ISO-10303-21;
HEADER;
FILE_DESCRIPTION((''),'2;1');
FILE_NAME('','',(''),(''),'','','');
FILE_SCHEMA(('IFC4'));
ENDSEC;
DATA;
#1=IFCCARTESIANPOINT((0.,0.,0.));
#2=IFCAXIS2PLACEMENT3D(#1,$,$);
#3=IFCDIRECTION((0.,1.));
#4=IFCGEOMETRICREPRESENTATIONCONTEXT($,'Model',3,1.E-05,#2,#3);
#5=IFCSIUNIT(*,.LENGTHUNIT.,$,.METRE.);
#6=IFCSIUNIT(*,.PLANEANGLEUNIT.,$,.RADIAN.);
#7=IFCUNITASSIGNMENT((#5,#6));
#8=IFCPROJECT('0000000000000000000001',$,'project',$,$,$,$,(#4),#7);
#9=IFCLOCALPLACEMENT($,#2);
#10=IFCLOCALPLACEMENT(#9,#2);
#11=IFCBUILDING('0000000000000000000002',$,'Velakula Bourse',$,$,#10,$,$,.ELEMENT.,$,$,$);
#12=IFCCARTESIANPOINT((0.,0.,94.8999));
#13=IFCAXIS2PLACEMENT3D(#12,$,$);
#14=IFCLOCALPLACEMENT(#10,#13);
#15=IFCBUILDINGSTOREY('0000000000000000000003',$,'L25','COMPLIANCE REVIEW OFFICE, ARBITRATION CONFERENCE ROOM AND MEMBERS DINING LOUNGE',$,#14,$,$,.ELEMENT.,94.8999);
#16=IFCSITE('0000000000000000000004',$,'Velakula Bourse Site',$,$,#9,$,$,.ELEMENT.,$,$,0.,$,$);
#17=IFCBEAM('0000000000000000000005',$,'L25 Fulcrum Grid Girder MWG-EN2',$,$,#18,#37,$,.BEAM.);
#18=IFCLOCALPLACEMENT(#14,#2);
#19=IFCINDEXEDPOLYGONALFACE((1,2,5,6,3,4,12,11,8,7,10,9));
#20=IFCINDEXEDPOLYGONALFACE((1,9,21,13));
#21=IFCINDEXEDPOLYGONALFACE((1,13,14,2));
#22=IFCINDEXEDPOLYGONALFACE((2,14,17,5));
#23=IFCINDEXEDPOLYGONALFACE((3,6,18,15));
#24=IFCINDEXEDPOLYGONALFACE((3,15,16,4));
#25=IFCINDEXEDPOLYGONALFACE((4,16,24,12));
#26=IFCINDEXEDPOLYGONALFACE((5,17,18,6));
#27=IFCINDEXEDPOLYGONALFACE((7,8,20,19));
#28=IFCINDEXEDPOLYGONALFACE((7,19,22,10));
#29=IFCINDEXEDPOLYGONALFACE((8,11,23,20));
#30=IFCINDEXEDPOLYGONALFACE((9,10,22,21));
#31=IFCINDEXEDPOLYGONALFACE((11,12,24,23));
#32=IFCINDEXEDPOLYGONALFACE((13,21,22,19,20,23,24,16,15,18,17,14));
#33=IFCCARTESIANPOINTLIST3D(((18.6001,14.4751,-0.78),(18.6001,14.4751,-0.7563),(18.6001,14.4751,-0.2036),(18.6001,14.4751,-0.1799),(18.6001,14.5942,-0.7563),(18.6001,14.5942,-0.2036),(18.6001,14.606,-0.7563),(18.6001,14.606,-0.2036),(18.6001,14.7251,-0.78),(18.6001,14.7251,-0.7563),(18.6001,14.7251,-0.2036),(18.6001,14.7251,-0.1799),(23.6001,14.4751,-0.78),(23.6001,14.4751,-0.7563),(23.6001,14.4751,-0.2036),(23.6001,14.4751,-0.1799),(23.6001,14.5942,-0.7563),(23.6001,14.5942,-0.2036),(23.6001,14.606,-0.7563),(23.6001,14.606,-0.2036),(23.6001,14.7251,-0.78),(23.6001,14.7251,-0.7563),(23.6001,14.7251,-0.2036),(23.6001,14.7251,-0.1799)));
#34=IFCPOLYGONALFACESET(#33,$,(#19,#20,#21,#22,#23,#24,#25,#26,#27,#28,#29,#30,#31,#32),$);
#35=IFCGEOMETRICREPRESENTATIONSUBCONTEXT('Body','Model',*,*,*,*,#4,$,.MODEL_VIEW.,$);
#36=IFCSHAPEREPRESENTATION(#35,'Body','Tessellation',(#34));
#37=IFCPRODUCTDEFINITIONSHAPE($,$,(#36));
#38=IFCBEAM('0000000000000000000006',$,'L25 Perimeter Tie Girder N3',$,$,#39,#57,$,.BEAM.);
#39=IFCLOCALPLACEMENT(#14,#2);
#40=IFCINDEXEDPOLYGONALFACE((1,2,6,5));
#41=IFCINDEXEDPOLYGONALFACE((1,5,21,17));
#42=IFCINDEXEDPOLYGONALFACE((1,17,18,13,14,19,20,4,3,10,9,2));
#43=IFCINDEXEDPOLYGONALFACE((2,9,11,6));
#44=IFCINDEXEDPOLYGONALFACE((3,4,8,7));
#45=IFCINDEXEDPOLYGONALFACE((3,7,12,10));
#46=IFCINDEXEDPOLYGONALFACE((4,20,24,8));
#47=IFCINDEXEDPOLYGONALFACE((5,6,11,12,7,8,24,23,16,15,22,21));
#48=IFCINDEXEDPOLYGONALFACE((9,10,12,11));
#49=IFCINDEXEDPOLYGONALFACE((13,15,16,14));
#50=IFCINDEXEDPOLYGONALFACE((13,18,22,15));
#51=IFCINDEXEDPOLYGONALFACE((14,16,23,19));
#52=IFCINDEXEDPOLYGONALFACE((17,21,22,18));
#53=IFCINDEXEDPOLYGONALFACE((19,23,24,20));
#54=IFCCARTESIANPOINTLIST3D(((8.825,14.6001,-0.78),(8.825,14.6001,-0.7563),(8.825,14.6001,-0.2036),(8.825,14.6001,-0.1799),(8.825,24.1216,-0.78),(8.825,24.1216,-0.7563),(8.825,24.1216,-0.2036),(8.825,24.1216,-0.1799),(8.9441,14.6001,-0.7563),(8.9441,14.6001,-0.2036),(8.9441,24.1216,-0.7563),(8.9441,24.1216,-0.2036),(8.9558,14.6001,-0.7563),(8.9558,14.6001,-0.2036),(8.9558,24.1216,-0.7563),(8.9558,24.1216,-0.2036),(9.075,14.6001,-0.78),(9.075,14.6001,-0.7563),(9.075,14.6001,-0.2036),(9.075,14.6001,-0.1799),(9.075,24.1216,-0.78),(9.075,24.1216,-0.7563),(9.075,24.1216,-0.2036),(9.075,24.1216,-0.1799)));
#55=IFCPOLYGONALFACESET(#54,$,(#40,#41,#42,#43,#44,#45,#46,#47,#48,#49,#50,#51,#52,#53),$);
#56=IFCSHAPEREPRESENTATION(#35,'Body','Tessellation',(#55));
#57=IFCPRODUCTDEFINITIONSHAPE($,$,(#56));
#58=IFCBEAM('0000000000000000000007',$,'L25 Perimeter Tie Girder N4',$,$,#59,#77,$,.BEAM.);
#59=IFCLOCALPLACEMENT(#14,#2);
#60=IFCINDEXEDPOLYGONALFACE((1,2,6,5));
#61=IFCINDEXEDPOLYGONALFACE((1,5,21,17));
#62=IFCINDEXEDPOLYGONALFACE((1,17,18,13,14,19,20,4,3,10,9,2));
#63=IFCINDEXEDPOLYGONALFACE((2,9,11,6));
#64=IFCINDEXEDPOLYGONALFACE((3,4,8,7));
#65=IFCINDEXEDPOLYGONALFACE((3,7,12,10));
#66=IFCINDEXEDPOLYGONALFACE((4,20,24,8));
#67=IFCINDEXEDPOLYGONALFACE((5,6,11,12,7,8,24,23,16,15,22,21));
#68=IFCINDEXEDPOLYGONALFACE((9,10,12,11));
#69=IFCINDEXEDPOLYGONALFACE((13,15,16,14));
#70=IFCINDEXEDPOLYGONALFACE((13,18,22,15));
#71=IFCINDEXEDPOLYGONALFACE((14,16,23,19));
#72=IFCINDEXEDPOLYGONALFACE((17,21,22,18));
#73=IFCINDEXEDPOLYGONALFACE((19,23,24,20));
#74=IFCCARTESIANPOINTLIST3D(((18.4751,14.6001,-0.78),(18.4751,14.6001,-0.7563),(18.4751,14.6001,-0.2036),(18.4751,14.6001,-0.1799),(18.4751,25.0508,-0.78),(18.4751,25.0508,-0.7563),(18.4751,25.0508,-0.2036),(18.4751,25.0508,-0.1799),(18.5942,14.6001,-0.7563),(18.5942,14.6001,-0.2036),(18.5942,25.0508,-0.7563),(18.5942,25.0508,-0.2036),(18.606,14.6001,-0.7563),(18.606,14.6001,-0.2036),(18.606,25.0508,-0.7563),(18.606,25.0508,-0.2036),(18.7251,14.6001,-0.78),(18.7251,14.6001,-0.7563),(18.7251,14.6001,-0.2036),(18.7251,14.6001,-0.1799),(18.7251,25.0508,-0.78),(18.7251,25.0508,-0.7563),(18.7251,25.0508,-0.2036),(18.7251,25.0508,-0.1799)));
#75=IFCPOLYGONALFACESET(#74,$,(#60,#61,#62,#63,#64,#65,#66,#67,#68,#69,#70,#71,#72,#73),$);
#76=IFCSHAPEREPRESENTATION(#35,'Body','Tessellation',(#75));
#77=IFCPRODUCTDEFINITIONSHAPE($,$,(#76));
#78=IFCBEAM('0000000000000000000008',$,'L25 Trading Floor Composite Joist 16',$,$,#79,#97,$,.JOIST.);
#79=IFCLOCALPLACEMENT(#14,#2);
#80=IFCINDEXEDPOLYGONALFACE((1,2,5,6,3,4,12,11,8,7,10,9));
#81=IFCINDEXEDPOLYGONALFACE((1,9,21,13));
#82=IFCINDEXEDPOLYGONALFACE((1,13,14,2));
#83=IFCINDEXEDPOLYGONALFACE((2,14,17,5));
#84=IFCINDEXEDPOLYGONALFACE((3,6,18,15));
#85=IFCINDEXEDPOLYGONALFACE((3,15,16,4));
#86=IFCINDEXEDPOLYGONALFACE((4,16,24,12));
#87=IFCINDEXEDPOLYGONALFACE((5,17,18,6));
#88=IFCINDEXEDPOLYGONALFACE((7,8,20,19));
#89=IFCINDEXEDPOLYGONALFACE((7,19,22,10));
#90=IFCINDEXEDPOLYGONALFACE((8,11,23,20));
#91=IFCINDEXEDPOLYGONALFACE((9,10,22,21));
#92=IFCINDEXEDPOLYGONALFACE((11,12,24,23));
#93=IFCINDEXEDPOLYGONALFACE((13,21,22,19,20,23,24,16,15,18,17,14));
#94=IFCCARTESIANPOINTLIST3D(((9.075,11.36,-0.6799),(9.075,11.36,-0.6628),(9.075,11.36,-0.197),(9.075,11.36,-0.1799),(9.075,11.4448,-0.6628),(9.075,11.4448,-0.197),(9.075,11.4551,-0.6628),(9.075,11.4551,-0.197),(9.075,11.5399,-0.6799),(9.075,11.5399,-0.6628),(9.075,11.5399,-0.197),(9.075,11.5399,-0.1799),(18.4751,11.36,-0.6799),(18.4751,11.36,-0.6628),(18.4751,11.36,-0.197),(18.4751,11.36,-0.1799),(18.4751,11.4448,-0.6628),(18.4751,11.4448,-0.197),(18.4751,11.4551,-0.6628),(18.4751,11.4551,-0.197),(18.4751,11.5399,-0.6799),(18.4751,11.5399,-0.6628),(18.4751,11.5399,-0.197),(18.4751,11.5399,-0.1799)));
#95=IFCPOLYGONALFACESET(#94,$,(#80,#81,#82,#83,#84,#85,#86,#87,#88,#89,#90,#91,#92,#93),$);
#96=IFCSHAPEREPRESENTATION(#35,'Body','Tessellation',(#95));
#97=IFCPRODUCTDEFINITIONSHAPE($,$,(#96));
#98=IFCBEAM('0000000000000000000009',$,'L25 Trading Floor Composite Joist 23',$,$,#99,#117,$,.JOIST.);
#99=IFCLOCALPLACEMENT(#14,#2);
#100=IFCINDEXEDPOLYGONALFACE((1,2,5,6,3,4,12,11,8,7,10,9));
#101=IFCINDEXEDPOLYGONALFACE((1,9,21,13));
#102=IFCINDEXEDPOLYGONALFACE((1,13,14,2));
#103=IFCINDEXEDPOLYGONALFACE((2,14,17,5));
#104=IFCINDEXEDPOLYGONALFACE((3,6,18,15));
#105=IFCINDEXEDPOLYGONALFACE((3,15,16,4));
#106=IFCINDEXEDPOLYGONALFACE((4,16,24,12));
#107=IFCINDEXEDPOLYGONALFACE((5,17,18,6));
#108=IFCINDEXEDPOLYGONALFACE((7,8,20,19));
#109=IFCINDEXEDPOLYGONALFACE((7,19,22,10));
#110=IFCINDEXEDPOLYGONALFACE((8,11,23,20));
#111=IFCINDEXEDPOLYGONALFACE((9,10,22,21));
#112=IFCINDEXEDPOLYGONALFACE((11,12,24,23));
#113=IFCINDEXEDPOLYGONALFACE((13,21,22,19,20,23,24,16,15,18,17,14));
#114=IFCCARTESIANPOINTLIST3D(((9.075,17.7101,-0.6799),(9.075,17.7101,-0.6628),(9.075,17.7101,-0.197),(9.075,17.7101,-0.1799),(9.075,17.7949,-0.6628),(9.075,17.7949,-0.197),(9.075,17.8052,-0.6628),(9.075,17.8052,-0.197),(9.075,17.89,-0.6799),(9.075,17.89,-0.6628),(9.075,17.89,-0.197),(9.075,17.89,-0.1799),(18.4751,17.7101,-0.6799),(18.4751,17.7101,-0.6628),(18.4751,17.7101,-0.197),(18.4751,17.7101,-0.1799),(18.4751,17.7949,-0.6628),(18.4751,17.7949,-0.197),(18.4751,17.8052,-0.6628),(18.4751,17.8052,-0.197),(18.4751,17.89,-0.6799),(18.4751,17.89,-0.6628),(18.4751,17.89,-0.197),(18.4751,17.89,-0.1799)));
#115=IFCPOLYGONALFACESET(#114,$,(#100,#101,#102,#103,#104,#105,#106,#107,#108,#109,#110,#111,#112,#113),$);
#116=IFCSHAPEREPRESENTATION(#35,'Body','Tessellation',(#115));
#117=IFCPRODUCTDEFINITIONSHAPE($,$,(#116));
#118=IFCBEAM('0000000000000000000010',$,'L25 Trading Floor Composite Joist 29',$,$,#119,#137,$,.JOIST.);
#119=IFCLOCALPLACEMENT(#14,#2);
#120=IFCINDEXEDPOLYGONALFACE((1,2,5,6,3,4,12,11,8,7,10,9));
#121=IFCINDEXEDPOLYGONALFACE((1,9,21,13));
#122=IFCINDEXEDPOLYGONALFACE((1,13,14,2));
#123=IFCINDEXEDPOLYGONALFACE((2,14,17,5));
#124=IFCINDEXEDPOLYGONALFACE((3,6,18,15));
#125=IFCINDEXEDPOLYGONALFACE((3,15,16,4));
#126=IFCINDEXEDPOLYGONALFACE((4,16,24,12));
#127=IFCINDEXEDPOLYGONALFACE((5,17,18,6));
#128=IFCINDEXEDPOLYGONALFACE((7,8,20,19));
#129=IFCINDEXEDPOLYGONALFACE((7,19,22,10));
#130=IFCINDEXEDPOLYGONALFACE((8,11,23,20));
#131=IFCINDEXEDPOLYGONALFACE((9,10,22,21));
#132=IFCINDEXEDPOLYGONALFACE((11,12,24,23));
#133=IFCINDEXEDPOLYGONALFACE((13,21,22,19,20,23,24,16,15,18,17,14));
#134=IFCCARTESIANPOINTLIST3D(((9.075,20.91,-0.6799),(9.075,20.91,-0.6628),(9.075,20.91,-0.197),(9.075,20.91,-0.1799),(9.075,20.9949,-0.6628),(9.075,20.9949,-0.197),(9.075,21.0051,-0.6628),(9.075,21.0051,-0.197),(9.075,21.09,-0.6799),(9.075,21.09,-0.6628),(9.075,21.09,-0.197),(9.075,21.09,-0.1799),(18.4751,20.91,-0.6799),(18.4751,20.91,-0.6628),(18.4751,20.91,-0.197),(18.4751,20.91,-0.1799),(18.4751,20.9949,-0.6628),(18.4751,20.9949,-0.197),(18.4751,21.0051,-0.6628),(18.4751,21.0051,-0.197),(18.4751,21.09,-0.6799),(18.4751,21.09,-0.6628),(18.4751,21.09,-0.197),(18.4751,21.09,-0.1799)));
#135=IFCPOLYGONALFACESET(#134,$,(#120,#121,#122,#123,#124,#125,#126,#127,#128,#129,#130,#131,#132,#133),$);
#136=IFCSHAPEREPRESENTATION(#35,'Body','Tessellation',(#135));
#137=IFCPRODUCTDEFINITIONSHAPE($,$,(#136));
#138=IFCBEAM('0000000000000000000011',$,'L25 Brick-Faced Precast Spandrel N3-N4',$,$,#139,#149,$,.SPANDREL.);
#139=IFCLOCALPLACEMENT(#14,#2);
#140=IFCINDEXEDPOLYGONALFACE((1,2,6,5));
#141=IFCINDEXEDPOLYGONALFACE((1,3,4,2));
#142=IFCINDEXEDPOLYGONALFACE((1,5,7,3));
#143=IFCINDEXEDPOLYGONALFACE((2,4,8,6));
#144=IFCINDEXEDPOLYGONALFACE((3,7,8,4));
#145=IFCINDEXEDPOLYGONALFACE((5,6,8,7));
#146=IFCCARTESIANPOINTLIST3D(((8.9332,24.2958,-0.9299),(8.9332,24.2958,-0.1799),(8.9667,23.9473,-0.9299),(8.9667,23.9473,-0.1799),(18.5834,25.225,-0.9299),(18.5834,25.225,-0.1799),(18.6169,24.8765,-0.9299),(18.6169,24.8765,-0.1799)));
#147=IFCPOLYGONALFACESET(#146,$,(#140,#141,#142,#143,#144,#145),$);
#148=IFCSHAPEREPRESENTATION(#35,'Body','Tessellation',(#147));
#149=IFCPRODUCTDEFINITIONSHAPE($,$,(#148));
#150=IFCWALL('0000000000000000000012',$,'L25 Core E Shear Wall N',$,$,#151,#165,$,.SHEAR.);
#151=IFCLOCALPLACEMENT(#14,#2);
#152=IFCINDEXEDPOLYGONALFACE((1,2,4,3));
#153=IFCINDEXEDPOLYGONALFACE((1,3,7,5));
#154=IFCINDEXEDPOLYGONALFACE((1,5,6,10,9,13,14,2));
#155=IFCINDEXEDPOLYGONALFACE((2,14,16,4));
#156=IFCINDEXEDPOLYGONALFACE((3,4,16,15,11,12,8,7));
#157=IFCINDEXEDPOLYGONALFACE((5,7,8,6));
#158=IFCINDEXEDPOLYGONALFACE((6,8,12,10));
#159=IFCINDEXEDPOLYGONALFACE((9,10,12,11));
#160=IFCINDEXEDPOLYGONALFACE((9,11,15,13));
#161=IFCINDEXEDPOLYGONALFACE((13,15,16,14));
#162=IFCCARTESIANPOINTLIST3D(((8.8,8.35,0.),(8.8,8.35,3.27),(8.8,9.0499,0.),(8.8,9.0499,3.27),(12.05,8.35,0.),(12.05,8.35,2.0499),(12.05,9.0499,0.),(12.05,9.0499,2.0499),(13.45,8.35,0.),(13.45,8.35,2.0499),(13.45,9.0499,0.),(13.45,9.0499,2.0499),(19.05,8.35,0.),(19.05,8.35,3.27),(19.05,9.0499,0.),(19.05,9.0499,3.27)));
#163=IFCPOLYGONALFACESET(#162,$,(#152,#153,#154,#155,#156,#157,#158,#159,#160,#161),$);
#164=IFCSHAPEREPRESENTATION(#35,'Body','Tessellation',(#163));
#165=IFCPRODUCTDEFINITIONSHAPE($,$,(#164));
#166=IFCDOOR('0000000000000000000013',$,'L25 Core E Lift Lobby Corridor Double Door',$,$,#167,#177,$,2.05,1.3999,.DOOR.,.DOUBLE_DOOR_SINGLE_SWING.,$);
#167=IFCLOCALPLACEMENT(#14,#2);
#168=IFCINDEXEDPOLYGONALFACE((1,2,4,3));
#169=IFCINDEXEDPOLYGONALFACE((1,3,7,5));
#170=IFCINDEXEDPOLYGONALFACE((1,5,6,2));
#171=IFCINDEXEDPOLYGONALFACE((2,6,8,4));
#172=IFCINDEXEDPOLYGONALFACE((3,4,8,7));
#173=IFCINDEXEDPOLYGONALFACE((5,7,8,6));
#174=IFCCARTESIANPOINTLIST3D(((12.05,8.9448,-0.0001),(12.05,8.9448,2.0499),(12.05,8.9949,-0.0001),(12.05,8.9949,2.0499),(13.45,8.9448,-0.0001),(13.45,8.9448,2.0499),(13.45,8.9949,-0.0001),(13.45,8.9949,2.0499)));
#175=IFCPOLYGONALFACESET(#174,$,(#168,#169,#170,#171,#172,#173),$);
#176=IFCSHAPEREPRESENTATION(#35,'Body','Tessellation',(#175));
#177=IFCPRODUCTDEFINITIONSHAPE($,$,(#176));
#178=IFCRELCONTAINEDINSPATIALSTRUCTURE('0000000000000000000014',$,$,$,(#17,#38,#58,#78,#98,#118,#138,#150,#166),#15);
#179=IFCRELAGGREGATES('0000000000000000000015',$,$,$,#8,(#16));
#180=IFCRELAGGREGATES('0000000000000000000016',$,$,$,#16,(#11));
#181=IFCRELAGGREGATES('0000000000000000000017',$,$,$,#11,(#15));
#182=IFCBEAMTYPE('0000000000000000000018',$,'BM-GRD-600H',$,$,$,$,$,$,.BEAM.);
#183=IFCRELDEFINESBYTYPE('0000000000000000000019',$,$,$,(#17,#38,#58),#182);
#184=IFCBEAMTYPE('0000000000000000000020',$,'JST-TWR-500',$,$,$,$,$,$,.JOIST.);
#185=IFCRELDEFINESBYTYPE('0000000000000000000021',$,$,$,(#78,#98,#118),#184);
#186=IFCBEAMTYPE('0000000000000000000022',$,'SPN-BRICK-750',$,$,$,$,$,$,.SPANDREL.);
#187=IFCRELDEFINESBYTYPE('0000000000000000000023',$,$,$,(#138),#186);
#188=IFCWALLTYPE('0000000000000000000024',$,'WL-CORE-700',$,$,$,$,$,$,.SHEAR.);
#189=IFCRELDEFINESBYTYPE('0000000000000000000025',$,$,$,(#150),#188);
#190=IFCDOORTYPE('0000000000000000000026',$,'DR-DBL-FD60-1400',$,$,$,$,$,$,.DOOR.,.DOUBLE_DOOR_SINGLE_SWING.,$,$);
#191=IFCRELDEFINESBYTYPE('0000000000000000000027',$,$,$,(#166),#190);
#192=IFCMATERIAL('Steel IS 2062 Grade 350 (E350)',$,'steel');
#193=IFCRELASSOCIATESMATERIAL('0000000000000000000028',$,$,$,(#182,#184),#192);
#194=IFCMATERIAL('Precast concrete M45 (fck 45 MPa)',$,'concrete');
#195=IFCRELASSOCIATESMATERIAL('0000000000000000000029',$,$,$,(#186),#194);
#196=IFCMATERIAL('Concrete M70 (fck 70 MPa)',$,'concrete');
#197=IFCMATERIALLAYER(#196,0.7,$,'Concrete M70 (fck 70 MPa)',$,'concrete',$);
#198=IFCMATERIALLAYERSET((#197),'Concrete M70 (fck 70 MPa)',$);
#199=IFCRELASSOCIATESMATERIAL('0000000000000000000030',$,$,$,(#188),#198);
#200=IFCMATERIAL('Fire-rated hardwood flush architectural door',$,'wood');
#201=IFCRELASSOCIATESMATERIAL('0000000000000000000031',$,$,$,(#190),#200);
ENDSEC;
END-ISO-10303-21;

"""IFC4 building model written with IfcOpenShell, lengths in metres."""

from ifc_helpers import new_model, si_unit, direction, frame, frame_2d, origin, origin_2d, place, context, subcontext, project, spatial, rectangle, i_section, extrude, material, layer, layer_set, material_profile, profile_set, type_object, element, fill, save


model = new_model("IFC4")

# Units and contexts
model_context = context("Model", 3, precision=1e-05, world=origin(), true_north=direction((0.0, 1.0)))
body_context = subcontext(model_context, "Body", "Model", "MODEL_VIEW")
ifc_project = project(units=[si_unit("LENGTHUNIT", "METRE"), si_unit("PLANEANGLEUNIT", "RADIAN")], contexts=[model_context])

# Site, building, storey
site_placement = place(None, origin())
site = spatial("IfcSite", under=ifc_project, at=site_placement, Name="Velakula Bourse Site", CompositionType="ELEMENT", RefElevation=0.0)
building_placement = place(site_placement, origin())
building = spatial("IfcBuilding", under=site, at=building_placement, Name="Velakula Bourse", CompositionType="ELEMENT")
storey_placement = place(building_placement, frame((0.0, 0.0, 94.8999)))
storey = spatial("IfcBuildingStorey", under=building, at=storey_placement, Name="L25", Description="COMPLIANCE REVIEW OFFICE, ARBITRATION CONFERENCE ROOM AND MEMBERS DINING LOUNGE", CompositionType="ELEMENT", Elevation=94.8999)

# Shared definitions
ifc_material_1 = material(Name="Concrete M70 (fck 70 MPa)", Category="concrete")

# Beams
ifc_material_2 = material(Name="Steel IS 2062 Grade 350 (E350)", Category="steel")
ifc_material_profile_1 = material_profile(ifc_material_2, i_section(OverallWidth=0.25, OverallDepth=0.6001, WebThickness=0.0117, FlangeThickness=0.0237, at=origin_2d()), Name="Steel IS 2062 Grade 350 (E350)")
ifc_profile_set_1 = profile_set([ifc_material_profile_1], Name="Steel IS 2062 Grade 350 (E350)")
beam_type_1 = type_object("IfcBeamType", Name="BM-GRD-600H", PredefinedType="BEAM", material=ifc_profile_set_1)
for number, where, z_axis, x_axis, name in (
    (1, (18.6001, 14.6001, -0.48), (1.0, 0.0, 0.0), (0.0, 1.0, 0.0), "L25 Fulcrum Grid Girder MWG-EN2"),
):
    element("IfcBeam", number, at=place(storey_placement, frame(where, z_axis=z_axis, x_axis=x_axis)), inside=storey, type_object=beam_type_1, Name=name, PredefinedType="BEAM", context=body_context, shape_type="SweptSolid", body=[
        extrude(i_section(OverallWidth=0.25, OverallDepth=0.6001, WebThickness=0.0117, FlangeThickness=0.0237, at=origin_2d()), origin(), (0.0, 0.0, 1.0), 5.0),
    ])
beam_1_placement = place(storey_placement, frame((8.95, 14.6001, -0.48), z_axis=(0.0, 1.0, 0.0), x_axis=(-1.0, 0.0, 0.0)))
element("IfcBeam", 2, at=beam_1_placement, inside=storey, type_object=beam_type_1, Name="L25 Perimeter Tie Girder N3", PredefinedType="BEAM", context=body_context, shape_type="SweptSolid", body=[
    extrude(i_section(OverallWidth=0.25, OverallDepth=0.6001, WebThickness=0.0117, FlangeThickness=0.0237, at=origin_2d()), origin(), (0.0, 0.0, 1.0), 9.5215),
])
beam_2_placement = place(storey_placement, frame((18.6001, 14.6001, -0.48), z_axis=(0.0, 1.0, 0.0), x_axis=(-1.0, 0.0, 0.0)))
element("IfcBeam", 3, at=beam_2_placement, inside=storey, type_object=beam_type_1, Name="L25 Perimeter Tie Girder N4", PredefinedType="BEAM", context=body_context, shape_type="SweptSolid", body=[
    extrude(i_section(OverallWidth=0.25, OverallDepth=0.6001, WebThickness=0.0117, FlangeThickness=0.0237, at=origin_2d()), origin(), (0.0, 0.0, 1.0), 10.4507),
])
ifc_material_profile_2 = material_profile(ifc_material_2, i_section(OverallWidth=0.1799, OverallDepth=0.5, WebThickness=0.0103, FlangeThickness=0.0171, at=origin_2d()), Name="Steel IS 2062 Grade 350 (E350)")
ifc_profile_set_2 = profile_set([ifc_material_profile_2], Name="Steel IS 2062 Grade 350 (E350)")
beam_type_2 = type_object("IfcBeamType", Name="JST-TWR-500", PredefinedType="JOIST", material=ifc_profile_set_2)
for number, where, z_axis, x_axis, name in (
    (4, (9.075, 11.45, -0.4299), (1.0, 0.0, 0.0), (0.0, 1.0, 0.0), "L25 Trading Floor Composite Joist 16"),
    (5, (9.075, 17.8, -0.4299), (1.0, 0.0, 0.0), (0.0, 1.0, 0.0), "L25 Trading Floor Composite Joist 23"),
    (6, (9.075, 21.0, -0.4299), (1.0, 0.0, 0.0), (0.0, 1.0, 0.0), "L25 Trading Floor Composite Joist 29"),
):
    element("IfcBeam", number, at=place(storey_placement, frame(where, z_axis=z_axis, x_axis=x_axis)), inside=storey, type_object=beam_type_2, Name=name, PredefinedType="JOIST", context=body_context, shape_type="SweptSolid", body=[
        extrude(i_section(OverallWidth=0.1799, OverallDepth=0.5, WebThickness=0.0103, FlangeThickness=0.0171, at=origin_2d()), origin(), (0.0, 0.0, 1.0), 9.4001),
    ])
ifc_material_3 = material(Name="Precast concrete M45 (fck 45 MPa)", Category="concrete")
ifc_material_profile_3 = material_profile(ifc_material_3, rectangle(XDim=0.3501, YDim=0.75, at=origin_2d()), Name="Precast concrete M45 (fck 45 MPa)")
ifc_profile_set_3 = profile_set([ifc_material_profile_3], Name="Precast concrete M45 (fck 45 MPa)")
beam_type_3 = type_object("IfcBeamType", Name="SPN-BRICK-750", PredefinedType="SPANDREL", material=ifc_profile_set_3)
beam_3_placement = place(storey_placement, frame((8.95, 24.1216, -0.5549), z_axis=(0.995396, 0.095845, 0.0), x_axis=(-0.095845, 0.995396, 0.0)))
element("IfcBeam", 7, at=beam_3_placement, inside=storey, type_object=beam_type_3, Name="L25 Brick-Faced Precast Spandrel N3-N4", PredefinedType="SPANDREL", context=body_context, shape_type="SweptSolid", body=[
    extrude(rectangle(XDim=0.3501, YDim=0.75, at=origin_2d()), origin(), (0.0, 0.0, 1.0), 9.6948),
])

# Wall, opening, door
ifc_layer_1 = layer(ifc_material_1, 0.7, Name="Concrete M70 (fck 70 MPa)", Category="concrete")
ifc_layer_set_1 = layer_set([ifc_layer_1], Name="Concrete M70 (fck 70 MPa)")
wall_type_1 = type_object("IfcWallType", Name="WL-CORE-700", PredefinedType="SHEAR", material=ifc_layer_set_1)
wall_1_placement = place(storey_placement, frame((8.8, 8.7, 0.0), z_axis=(0.0, 0.0, 1.0), x_axis=(1.0, 0.0, 0.0)))
wall_1 = element("IfcWall", 8, at=wall_1_placement, inside=storey, type_object=wall_type_1, Name="L25 Core E Shear Wall N", PredefinedType="SHEAR", context=body_context, shape_type="SweptSolid", body=[
    extrude(rectangle(XDim=10.25, YDim=0.7, at=frame_2d((5.125, 0.0))), origin(), (0.0, 0.0, 1.0), 3.27),
])
opening_1_placement = place(wall_1_placement, frame((3.25, 0.0, 0.0)))
opening_1 = element("IfcOpeningElement", 9, at=opening_1_placement, cuts=wall_1, PredefinedType="OPENING", context=body_context, shape_type="SweptSolid", body=[
    extrude(rectangle(XDim=1.3999, YDim=2.05, at=frame_2d((0.7, 1.0249))), frame((0.0, 0.3599, 0.0), z_axis=(0.0, -1.0, 0.0), x_axis=(1.0, 0.0, 0.0)), (0.0, 0.0, 1.0), 0.72),
])
ifc_material_4 = material(Name="Fire-rated hardwood flush architectural door", Category="wood")
door_type = type_object("IfcDoorType", Name="DR-DBL-FD60-1400", OperationType="DOUBLE_DOOR_SINGLE_SWING", PredefinedType="DOOR", material=ifc_material_4)
door_placement = place(opening_1_placement, origin())
door = element("IfcDoor", 10, at=door_placement, inside=storey, type_object=door_type, Name="L25 Core E Lift Lobby Corridor Double Door", OperationType="DOUBLE_DOOR_SINGLE_SWING", OverallHeight=2.05, OverallWidth=1.3999, PredefinedType="DOOR", context=body_context, shape_type="SweptSolid", body=[
    extrude(rectangle(XDim=1.3999, YDim=2.05, at=frame_2d((0.7, 1.0249))), frame((0.0, 0.2949, 0.0), z_axis=(0.0, -1.0, 0.0), x_axis=(1.0, 0.0, 0.0)), (0.0, 0.0, 1.0), 0.05),
])
fill(opening_1, door)

save(model, "model.ifc")
